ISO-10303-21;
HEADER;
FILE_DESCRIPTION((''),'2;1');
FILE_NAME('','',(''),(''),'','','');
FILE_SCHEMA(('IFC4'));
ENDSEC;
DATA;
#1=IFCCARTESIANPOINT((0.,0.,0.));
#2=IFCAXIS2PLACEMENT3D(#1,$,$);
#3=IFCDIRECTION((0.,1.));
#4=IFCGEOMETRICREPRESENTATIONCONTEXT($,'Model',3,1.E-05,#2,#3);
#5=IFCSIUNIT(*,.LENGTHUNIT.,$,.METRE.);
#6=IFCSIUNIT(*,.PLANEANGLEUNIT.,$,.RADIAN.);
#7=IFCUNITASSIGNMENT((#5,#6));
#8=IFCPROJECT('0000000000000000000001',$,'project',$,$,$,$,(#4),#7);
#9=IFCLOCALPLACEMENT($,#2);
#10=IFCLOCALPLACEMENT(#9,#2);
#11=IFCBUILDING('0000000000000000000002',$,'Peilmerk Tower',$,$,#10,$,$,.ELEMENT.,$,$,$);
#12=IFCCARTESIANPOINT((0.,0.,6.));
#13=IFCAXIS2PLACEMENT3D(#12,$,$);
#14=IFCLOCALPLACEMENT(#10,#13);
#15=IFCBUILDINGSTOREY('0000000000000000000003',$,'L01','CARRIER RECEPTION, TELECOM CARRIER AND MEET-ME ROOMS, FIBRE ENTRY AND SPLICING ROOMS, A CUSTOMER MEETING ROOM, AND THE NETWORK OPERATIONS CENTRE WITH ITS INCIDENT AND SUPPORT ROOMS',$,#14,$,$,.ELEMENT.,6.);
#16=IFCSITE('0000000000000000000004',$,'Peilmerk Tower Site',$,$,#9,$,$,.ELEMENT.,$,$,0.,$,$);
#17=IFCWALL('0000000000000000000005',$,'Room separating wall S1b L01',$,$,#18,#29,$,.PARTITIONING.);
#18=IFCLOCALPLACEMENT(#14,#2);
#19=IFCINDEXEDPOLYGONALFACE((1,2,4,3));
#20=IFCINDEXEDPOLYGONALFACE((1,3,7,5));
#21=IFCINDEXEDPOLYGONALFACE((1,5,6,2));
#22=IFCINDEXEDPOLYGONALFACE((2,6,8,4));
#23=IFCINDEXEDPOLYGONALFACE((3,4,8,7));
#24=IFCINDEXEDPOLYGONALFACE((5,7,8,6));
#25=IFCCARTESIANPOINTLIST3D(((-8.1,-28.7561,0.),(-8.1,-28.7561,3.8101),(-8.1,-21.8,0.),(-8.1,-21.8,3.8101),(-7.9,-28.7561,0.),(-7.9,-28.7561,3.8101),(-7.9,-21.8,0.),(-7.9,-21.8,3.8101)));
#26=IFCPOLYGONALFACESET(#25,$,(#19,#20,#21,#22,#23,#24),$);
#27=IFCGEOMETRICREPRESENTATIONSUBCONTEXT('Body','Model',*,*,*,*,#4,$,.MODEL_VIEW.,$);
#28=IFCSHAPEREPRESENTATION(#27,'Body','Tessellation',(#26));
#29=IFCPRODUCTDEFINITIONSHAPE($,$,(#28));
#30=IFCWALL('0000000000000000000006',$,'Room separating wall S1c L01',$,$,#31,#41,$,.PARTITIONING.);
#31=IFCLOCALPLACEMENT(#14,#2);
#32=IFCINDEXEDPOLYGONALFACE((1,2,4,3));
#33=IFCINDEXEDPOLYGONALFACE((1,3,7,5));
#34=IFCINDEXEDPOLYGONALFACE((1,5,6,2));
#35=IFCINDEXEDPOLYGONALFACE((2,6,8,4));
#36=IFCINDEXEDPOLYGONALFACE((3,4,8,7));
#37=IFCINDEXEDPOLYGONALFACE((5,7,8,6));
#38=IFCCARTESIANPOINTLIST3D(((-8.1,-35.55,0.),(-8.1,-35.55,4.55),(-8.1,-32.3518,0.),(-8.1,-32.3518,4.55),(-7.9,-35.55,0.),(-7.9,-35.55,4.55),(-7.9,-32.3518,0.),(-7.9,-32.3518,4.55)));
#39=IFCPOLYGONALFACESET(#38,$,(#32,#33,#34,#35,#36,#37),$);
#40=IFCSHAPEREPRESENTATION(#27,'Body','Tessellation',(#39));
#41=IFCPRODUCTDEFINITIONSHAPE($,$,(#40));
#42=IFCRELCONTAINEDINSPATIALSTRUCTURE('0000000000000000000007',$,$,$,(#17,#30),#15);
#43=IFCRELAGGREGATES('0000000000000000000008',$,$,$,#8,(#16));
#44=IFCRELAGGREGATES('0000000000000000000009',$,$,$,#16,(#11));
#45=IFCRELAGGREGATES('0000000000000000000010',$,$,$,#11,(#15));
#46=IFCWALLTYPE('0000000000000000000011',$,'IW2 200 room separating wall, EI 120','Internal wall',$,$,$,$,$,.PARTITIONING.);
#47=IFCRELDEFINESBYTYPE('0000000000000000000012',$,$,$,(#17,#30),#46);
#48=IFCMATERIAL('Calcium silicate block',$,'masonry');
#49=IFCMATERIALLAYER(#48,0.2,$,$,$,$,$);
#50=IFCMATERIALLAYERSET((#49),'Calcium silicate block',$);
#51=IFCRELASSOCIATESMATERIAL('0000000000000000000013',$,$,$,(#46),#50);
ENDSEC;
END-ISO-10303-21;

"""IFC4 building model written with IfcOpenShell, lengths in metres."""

from ifc_helpers import new_model, si_unit, direction, frame, frame_2d, origin, place, context, subcontext, project, spatial, rectangle, extrude, material, layer, layer_set, type_object, element, save


model = new_model("IFC4")

# Units and contexts
model_context = context("Model", 3, precision=1e-05, world=origin(), true_north=direction((0.0, 1.0)))
body_context = subcontext(model_context, "Body", "Model", "MODEL_VIEW")
ifc_project = project(units=[si_unit("LENGTHUNIT", "METRE"), si_unit("PLANEANGLEUNIT", "RADIAN")], contexts=[model_context])

# Site, building, storey
site_placement = place(None, origin())
site = spatial("IfcSite", under=ifc_project, at=site_placement, Name="Peilmerk Tower Site", CompositionType="ELEMENT", RefElevation=0.0)
building_placement = place(site_placement, origin())
building = spatial("IfcBuilding", under=site, at=building_placement, Name="Peilmerk Tower", CompositionType="ELEMENT")
storey_placement = place(building_placement, frame((0.0, 0.0, 6.0)))
storey = spatial("IfcBuildingStorey", under=building, at=storey_placement, Name="L01", Description="CARRIER RECEPTION, TELECOM CARRIER AND MEET-ME ROOMS, FIBRE ENTRY AND SPLICING ROOMS, A CUSTOMER MEETING ROOM, AND THE NETWORK OPERATIONS CENTRE WITH ITS INCIDENT AND SUPPORT ROOMS", CompositionType="ELEMENT", Elevation=6.0)

# Walls
ifc_material_1 = material(Name="Calcium silicate block", Category="masonry")
ifc_layer = layer(ifc_material_1, 0.2)
ifc_layer_set = layer_set([ifc_layer], Name="Calcium silicate block")
wall_type = type_object("IfcWallType", Name="IW2 200 room separating wall, EI 120", Description="Internal wall", PredefinedType="PARTITIONING", material=ifc_layer_set)
wall_1_placement = place(storey_placement, frame((-8.0, -21.8, 0.0), z_axis=(0.0, 0.0, 1.0), x_axis=(0.0, -1.0, 0.0)))
element("IfcWall", 1, at=wall_1_placement, inside=storey, type_object=wall_type, Name="Room separating wall S1b L01", PredefinedType="PARTITIONING", context=body_context, shape_type="SweptSolid", body=[
    extrude(rectangle(XDim=6.9561, YDim=0.2, at=frame_2d((3.478, 0.0))), origin(), (0.0, 0.0, 1.0), 3.8101),
])
wall_2_placement = place(storey_placement, frame((-8.0, -32.3518, 0.0), z_axis=(0.0, 0.0, 1.0), x_axis=(0.0, -1.0, 0.0)))
element("IfcWall", 2, at=wall_2_placement, inside=storey, type_object=wall_type, Name="Room separating wall S1c L01", PredefinedType="PARTITIONING", context=body_context, shape_type="SweptSolid", body=[
    extrude(rectangle(XDim=3.1982, YDim=0.2, at=frame_2d((1.5991, 0.0))), origin(), (0.0, 0.0, 1.0), 4.55),
])

save(model, "model.ifc")
